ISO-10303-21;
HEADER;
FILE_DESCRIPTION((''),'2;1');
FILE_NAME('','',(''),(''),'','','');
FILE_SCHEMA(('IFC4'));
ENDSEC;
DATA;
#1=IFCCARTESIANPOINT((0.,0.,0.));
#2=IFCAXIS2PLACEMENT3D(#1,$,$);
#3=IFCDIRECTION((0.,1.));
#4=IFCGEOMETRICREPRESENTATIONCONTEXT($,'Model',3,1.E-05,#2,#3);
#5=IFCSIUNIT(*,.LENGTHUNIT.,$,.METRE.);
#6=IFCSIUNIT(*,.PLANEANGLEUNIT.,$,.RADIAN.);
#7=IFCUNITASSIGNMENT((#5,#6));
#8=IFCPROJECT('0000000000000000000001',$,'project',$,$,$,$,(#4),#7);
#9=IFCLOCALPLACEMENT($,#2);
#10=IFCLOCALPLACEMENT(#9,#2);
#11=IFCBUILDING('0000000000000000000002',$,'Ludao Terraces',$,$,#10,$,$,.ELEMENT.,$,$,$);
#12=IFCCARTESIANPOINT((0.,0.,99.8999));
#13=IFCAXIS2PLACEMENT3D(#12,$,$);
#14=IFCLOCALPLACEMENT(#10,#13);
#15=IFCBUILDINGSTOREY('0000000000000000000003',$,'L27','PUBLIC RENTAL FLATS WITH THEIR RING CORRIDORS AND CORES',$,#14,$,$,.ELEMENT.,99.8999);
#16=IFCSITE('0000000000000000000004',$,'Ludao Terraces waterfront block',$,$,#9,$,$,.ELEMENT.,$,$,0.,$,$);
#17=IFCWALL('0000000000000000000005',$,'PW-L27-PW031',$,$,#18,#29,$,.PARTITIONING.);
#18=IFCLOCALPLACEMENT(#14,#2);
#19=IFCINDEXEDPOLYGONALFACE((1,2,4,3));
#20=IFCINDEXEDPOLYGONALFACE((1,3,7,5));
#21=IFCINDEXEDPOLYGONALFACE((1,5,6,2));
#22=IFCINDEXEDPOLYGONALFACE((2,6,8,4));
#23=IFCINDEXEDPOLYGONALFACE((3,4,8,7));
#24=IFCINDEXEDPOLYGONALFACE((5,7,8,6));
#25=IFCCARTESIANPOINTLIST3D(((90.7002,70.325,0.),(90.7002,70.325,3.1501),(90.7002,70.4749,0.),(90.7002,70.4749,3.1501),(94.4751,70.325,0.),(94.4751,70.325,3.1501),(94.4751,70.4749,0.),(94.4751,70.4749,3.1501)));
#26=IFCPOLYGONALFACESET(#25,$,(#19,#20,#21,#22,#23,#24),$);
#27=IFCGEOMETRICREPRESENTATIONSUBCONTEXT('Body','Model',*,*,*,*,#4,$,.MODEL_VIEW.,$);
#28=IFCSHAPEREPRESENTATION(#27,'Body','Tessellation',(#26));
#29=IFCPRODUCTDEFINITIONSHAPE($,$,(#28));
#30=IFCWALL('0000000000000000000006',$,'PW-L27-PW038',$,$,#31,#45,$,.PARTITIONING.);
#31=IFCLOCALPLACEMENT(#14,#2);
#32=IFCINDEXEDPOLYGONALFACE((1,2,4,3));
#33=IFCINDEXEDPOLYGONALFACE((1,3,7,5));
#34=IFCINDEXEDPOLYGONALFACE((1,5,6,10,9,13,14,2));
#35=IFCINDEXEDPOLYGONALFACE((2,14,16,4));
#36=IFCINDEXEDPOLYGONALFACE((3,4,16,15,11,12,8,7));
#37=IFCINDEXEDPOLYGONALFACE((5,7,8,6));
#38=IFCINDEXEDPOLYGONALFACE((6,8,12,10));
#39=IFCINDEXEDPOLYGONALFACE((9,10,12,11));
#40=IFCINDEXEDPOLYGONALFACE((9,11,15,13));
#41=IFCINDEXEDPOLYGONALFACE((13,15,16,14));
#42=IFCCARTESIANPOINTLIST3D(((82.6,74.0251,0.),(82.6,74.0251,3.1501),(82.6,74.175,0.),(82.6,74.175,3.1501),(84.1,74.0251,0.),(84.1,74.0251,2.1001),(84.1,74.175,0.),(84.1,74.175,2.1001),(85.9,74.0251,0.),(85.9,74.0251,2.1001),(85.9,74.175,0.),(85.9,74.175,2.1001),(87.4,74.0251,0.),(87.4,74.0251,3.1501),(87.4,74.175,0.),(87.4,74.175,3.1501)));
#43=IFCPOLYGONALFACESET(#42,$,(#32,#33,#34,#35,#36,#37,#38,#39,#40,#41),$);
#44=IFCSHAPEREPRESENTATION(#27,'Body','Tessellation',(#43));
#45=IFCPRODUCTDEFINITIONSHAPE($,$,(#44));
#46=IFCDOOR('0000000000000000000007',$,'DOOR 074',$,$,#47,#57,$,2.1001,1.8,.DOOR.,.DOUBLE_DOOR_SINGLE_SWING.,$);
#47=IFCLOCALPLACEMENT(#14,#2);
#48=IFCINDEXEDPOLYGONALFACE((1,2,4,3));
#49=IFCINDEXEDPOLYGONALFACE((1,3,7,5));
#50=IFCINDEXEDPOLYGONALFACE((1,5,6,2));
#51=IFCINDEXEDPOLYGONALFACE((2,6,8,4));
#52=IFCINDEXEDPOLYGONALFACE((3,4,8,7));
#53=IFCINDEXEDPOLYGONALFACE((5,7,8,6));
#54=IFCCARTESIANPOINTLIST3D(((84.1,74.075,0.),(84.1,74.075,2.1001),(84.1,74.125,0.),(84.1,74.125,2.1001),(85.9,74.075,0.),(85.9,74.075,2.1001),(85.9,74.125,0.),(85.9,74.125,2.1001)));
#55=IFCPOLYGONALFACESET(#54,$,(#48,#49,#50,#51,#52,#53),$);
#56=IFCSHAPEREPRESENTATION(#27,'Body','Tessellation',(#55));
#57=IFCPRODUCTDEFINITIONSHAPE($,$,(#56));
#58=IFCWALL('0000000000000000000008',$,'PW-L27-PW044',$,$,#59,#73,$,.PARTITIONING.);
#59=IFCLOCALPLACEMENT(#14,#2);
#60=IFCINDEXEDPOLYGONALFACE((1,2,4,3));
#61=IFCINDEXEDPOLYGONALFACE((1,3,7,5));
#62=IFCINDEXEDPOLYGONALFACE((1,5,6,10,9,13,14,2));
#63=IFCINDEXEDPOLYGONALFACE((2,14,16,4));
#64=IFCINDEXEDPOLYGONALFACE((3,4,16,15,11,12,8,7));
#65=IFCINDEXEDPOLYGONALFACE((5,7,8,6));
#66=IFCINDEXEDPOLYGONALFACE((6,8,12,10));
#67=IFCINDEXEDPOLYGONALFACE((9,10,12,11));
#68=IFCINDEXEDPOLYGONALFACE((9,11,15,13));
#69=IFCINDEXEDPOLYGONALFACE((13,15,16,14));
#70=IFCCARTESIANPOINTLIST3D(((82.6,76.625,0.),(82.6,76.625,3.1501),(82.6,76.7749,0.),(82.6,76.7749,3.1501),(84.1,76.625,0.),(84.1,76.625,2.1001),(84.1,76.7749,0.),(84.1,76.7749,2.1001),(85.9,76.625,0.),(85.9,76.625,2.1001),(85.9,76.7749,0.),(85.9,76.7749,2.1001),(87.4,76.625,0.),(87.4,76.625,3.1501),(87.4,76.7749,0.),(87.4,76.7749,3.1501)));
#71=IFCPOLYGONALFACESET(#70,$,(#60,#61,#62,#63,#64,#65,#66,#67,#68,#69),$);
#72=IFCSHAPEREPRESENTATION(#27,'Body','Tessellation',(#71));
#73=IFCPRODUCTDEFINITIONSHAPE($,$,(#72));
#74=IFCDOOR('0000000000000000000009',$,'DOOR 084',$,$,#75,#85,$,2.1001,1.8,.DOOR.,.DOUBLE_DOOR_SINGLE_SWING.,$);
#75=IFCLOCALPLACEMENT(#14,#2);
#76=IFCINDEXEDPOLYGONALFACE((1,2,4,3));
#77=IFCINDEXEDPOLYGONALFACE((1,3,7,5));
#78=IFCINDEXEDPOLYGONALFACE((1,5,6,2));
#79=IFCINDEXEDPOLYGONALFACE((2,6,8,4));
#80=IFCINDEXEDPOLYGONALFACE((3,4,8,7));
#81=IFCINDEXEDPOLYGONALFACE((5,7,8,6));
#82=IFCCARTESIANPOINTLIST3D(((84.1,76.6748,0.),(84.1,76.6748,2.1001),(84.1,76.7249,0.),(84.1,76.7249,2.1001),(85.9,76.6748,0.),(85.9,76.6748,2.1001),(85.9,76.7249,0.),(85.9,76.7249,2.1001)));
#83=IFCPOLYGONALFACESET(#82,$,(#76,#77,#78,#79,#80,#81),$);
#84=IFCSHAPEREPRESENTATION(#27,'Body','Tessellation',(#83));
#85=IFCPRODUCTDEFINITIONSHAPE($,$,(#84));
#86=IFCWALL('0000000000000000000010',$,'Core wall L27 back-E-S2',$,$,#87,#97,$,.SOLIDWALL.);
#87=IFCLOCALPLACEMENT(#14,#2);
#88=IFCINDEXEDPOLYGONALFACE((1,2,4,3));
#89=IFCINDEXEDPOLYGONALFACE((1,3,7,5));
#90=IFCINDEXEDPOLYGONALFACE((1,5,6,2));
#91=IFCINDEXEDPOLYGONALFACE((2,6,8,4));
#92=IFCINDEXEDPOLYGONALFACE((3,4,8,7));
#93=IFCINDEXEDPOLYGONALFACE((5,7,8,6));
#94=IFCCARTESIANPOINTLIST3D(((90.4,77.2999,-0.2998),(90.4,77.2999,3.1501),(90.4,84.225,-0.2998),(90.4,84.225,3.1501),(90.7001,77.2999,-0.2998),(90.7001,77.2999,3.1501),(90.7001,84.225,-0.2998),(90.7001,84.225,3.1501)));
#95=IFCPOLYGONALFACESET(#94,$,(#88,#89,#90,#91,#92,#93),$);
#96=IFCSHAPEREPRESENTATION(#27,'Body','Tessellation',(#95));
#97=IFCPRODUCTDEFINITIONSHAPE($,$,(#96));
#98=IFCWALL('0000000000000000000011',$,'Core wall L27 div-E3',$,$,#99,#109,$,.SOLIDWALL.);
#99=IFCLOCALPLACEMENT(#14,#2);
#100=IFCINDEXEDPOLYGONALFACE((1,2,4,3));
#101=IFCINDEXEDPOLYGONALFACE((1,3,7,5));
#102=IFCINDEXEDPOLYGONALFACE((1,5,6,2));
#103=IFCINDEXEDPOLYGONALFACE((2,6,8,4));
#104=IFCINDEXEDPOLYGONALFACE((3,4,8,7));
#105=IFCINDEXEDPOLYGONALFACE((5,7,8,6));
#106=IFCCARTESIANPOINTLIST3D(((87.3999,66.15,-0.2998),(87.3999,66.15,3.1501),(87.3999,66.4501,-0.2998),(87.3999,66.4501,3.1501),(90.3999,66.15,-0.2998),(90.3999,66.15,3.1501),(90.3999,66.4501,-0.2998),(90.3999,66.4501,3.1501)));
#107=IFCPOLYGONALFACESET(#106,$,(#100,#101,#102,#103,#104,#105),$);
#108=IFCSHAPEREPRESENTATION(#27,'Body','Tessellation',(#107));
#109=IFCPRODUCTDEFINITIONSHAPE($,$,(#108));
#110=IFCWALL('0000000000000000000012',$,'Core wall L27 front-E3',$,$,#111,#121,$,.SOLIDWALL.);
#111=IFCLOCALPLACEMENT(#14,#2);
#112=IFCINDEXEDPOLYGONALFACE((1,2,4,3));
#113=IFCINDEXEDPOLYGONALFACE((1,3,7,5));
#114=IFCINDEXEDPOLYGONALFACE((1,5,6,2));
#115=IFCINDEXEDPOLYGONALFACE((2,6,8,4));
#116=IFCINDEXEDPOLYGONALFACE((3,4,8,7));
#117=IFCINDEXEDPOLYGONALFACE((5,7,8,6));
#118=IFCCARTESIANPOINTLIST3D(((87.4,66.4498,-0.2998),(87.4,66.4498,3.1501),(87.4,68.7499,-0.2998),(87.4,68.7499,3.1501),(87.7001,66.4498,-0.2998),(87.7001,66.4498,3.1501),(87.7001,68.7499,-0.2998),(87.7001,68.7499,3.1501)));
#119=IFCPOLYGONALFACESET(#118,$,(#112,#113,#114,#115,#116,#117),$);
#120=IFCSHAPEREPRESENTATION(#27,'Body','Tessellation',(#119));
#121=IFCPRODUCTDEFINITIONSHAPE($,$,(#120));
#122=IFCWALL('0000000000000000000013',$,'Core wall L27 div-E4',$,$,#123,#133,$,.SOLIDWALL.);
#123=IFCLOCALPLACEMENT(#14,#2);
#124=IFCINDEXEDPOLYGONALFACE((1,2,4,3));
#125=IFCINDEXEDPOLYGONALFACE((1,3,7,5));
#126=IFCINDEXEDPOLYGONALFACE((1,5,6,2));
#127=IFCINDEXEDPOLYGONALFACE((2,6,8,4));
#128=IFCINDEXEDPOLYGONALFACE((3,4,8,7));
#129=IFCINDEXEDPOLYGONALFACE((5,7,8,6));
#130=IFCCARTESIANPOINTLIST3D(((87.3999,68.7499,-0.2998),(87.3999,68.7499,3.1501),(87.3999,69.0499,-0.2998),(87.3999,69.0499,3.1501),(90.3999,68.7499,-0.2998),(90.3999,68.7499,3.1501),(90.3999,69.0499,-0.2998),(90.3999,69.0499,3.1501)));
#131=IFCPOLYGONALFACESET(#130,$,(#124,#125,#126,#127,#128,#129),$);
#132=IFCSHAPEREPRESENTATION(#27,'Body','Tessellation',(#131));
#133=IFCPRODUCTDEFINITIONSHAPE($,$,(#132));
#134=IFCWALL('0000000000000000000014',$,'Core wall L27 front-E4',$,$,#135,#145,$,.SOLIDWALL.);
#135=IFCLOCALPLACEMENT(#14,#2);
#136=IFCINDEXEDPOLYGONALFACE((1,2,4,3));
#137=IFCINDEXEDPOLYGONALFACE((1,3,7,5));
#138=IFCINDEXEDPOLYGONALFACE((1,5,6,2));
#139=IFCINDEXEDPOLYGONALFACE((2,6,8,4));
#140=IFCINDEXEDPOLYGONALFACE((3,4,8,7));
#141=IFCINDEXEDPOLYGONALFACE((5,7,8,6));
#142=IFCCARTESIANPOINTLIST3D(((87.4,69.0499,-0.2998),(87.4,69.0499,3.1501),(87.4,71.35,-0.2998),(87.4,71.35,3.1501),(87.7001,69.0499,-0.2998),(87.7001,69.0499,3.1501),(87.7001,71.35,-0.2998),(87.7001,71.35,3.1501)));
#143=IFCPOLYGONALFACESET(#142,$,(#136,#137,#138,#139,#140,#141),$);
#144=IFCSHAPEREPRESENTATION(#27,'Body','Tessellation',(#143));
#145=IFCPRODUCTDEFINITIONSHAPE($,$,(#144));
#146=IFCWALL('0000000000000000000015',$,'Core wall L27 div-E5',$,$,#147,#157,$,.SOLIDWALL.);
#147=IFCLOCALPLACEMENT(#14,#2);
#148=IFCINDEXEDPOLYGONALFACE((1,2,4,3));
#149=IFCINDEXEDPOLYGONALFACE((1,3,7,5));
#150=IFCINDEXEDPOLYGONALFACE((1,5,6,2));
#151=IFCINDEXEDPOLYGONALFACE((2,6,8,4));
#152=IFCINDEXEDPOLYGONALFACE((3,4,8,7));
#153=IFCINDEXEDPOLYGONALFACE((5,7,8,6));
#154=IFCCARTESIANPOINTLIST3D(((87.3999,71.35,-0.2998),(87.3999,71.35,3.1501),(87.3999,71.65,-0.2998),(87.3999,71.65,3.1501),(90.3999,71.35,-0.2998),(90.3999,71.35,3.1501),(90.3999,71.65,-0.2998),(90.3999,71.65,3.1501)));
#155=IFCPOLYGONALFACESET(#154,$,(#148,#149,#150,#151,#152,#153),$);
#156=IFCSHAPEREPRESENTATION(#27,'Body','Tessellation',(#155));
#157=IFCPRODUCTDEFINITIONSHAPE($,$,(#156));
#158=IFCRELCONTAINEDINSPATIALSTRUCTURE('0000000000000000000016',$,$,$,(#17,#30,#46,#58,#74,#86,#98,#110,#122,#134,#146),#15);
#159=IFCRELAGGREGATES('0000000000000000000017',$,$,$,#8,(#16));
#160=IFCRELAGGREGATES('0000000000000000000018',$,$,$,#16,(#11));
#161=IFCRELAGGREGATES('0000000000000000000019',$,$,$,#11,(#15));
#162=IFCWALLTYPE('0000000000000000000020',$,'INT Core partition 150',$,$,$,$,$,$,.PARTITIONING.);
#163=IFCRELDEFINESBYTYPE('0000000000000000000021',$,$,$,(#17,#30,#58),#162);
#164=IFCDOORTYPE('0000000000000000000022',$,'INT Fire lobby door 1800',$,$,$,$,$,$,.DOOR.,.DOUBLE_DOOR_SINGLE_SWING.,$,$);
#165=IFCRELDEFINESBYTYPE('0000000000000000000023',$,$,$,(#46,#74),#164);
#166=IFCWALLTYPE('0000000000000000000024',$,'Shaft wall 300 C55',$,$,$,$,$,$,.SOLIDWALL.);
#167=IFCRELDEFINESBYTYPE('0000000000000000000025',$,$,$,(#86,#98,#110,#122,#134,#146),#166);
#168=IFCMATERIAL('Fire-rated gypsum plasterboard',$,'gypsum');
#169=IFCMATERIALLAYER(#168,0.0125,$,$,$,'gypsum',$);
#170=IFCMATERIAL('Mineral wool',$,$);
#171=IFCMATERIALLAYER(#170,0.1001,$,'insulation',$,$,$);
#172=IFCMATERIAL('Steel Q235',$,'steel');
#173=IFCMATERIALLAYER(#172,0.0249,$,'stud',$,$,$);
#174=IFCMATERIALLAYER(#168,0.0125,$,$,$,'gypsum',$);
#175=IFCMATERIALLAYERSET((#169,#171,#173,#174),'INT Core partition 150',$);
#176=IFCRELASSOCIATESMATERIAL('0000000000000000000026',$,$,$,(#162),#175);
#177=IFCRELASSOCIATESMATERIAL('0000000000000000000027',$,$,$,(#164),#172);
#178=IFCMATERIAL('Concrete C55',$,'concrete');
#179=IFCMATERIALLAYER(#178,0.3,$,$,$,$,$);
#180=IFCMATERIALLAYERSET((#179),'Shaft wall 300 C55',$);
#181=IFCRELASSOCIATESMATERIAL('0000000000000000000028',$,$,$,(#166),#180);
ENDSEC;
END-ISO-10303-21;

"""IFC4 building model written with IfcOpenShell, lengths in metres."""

from ifc_helpers import new_model, si_unit, direction, frame, frame_2d, origin, place, context, subcontext, project, spatial, rectangle, extrude, material, layer, layer_set, type_object, element, fill, save


model = new_model("IFC4")

# Units and contexts
model_context = context("Model", 3, precision=1e-05, world=origin(), true_north=direction((0.0, 1.0)))
body_context = subcontext(model_context, "Body", "Model", "MODEL_VIEW")
ifc_project = project(units=[si_unit("LENGTHUNIT", "METRE"), si_unit("PLANEANGLEUNIT", "RADIAN")], contexts=[model_context])

# Site, building, storey
site_placement = place(None, origin())
site = spatial("IfcSite", under=ifc_project, at=site_placement, Name="Ludao Terraces waterfront block", CompositionType="ELEMENT", RefElevation=0.0)
building_placement = place(site_placement, origin())
building = spatial("IfcBuilding", under=site, at=building_placement, Name="Ludao Terraces", CompositionType="ELEMENT")
storey_placement = place(building_placement, frame((0.0, 0.0, 99.8999)))
storey = spatial("IfcBuildingStorey", under=building, at=storey_placement, Name="L27", Description="PUBLIC RENTAL FLATS WITH THEIR RING CORRIDORS AND CORES", CompositionType="ELEMENT", Elevation=99.8999)

# Wall
ifc_material_1 = material(Name="Fire-rated gypsum plasterboard", Category="gypsum")
ifc_layer_1 = layer(ifc_material_1, 0.0125, Category="gypsum")
ifc_material_2 = material(Name="Mineral wool")
ifc_layer_2 = layer(ifc_material_2, 0.1001, Name="insulation")
ifc_material_3 = material(Name="Steel Q235", Category="steel")
ifc_layer_3 = layer(ifc_material_3, 0.0249, Name="stud")
ifc_layer_4 = layer(ifc_material_1, 0.0125, Category="gypsum")
ifc_layer_set_1 = layer_set([ifc_layer_1, ifc_layer_2, ifc_layer_3, ifc_layer_4], Name="INT Core partition 150")
wall_type_1 = type_object("IfcWallType", Name="INT Core partition 150", PredefinedType="PARTITIONING", material=ifc_layer_set_1)
wall_1_placement = place(storey_placement, frame((90.7002, 70.3999, 0.0), z_axis=(0.0, 0.0, 1.0), x_axis=(1.0, 0.0, 0.0)))
element("IfcWall", 1, at=wall_1_placement, inside=storey, type_object=wall_type_1, Name="PW-L27-PW031", PredefinedType="PARTITIONING", context=body_context, shape_type="SweptSolid", body=[
    extrude(rectangle(XDim=3.7749, YDim=0.1499, at=frame_2d((1.8875, 0.0))), origin(), (0.0, 0.0, 1.0), 3.1501),
])

# Walls, openings, doors
wall_2_placement = place(storey_placement, frame((82.6001, 74.1001, 0.0), z_axis=(0.0, 0.0, 1.0), x_axis=(1.0, 0.0, 0.0)))
wall_2 = element("IfcWall", 2, at=wall_2_placement, inside=storey, type_object=wall_type_1, Name="PW-L27-PW038", PredefinedType="PARTITIONING", context=body_context, shape_type="SweptSolid", body=[
    extrude(rectangle(XDim=4.8, YDim=0.1499, at=frame_2d((2.3999, 0.0))), origin(), (0.0, 0.0, 1.0), 3.1501),
])
opening_1_placement = place(wall_2_placement, frame((1.5, 0.0, 0.0)))
opening_1 = element("IfcOpeningElement", 3, at=opening_1_placement, cuts=wall_2, PredefinedType="OPENING", context=body_context, shape_type="SweptSolid", body=[
    extrude(rectangle(XDim=1.8, YDim=2.1001, at=frame_2d((0.8999, 1.05))), frame((0.0, 0.085, 0.0), z_axis=(0.0, -1.0, 0.0), x_axis=(1.0, 0.0, 0.0)), (0.0, 0.0, 1.0), 0.1699),
])
door_type_1 = type_object("IfcDoorType", Name="INT Fire lobby door 1800", OperationType="DOUBLE_DOOR_SINGLE_SWING", PredefinedType="DOOR", material=ifc_material_3)
door_1_placement = place(opening_1_placement, origin())
door_1 = element("IfcDoor", 4, at=door_1_placement, inside=storey, type_object=door_type_1, Name="DOOR 074", OperationType="DOUBLE_DOOR_SINGLE_SWING", OverallHeight=2.1001, OverallWidth=1.8, PredefinedType="DOOR", context=body_context, shape_type="SweptSolid", body=[
    extrude(rectangle(XDim=1.8, YDim=2.1001, at=frame_2d((0.8999, 1.05))), frame((0.0, 0.0249, 0.0), z_axis=(0.0, -1.0, 0.0), x_axis=(1.0, 0.0, 0.0)), (0.0, 0.0, 1.0), 0.05),
])
fill(opening_1, door_1)
wall_3_placement = place(storey_placement, frame((82.6001, 76.7, 0.0), z_axis=(0.0, 0.0, 1.0), x_axis=(1.0, 0.0, 0.0)))
wall_3 = element("IfcWall", 5, at=wall_3_placement, inside=storey, type_object=wall_type_1, Name="PW-L27-PW044", PredefinedType="PARTITIONING", context=body_context, shape_type="SweptSolid", body=[
    extrude(rectangle(XDim=4.8, YDim=0.1499, at=frame_2d((2.3999, 0.0))), origin(), (0.0, 0.0, 1.0), 3.1501),
])
opening_2_placement = place(wall_3_placement, frame((1.5, 0.0, 0.0)))
opening_2 = element("IfcOpeningElement", 6, at=opening_2_placement, cuts=wall_3, PredefinedType="OPENING", context=body_context, shape_type="SweptSolid", body=[
    extrude(rectangle(XDim=1.8, YDim=2.1001, at=frame_2d((0.8999, 1.05))), frame((0.0, 0.085, 0.0), z_axis=(0.0, -1.0, 0.0), x_axis=(1.0, 0.0, 0.0)), (0.0, 0.0, 1.0), 0.1699),
])
door_2_placement = place(opening_2_placement, origin())
door_2 = element("IfcDoor", 7, at=door_2_placement, inside=storey, type_object=door_type_1, Name="DOOR 084", OperationType="DOUBLE_DOOR_SINGLE_SWING", OverallHeight=2.1001, OverallWidth=1.8, PredefinedType="DOOR", context=body_context, shape_type="SweptSolid", body=[
    extrude(rectangle(XDim=1.8, YDim=2.1001, at=frame_2d((0.8999, 1.05))), frame((0.0, 0.0249, 0.0), z_axis=(0.0, -1.0, 0.0), x_axis=(1.0, 0.0, 0.0)), (0.0, 0.0, 1.0), 0.05),
])
fill(opening_2, door_2)

# Walls
ifc_material_4 = material(Name="Concrete C55", Category="concrete")
ifc_layer_5 = layer(ifc_material_4, 0.3)
ifc_layer_set_2 = layer_set([ifc_layer_5], Name="Shaft wall 300 C55")
wall_type_2 = type_object("IfcWallType", Name="Shaft wall 300 C55", PredefinedType="SOLIDWALL", material=ifc_layer_set_2)
wall_4_placement = place(storey_placement, frame((90.55, 77.3, -0.2998), z_axis=(0.0, 0.0, 1.0), x_axis=(0.0, 1.0, 0.0)))
element("IfcWall", 8, at=wall_4_placement, inside=storey, type_object=wall_type_2, Name="Core wall L27 back-E-S2", PredefinedType="SOLIDWALL", context=body_context, shape_type="SweptSolid", body=[
    extrude(rectangle(XDim=6.925, YDim=0.3, at=frame_2d((3.4624, 0.0))), origin(), (0.0, 0.0, 1.0), 3.45),
])
wall_5_placement = place(storey_placement, frame((87.3999, 66.3, -0.2998), z_axis=(0.0, 0.0, 1.0), x_axis=(1.0, 0.0, 0.0)))
element("IfcWall", 9, at=wall_5_placement, inside=storey, type_object=wall_type_2, Name="Core wall L27 div-E3", PredefinedType="SOLIDWALL", context=body_context, shape_type="SweptSolid", body=[
    extrude(rectangle(XDim=3.0, YDim=0.3, at=frame_2d((1.5, 0.0))), origin(), (0.0, 0.0, 1.0), 3.45),
])
wall_6_placement = place(storey_placement, frame((87.55, 66.45, -0.2998), z_axis=(0.0, 0.0, 1.0), x_axis=(0.0, 1.0, 0.0)))
element("IfcWall", 10, at=wall_6_placement, inside=storey, type_object=wall_type_2, Name="Core wall L27 front-E3", PredefinedType="SOLIDWALL", context=body_context, shape_type="SweptSolid", body=[
    extrude(rectangle(XDim=2.3, YDim=0.3, at=frame_2d((1.1499, 0.0))), origin(), (0.0, 0.0, 1.0), 3.45),
])
wall_7_placement = place(storey_placement, frame((87.3999, 68.8999, -0.2998), z_axis=(0.0, 0.0, 1.0), x_axis=(1.0, 0.0, 0.0)))
element("IfcWall", 11, at=wall_7_placement, inside=storey, type_object=wall_type_2, Name="Core wall L27 div-E4", PredefinedType="SOLIDWALL", context=body_context, shape_type="SweptSolid", body=[
    extrude(rectangle(XDim=3.0, YDim=0.3, at=frame_2d((1.5, 0.0))), origin(), (0.0, 0.0, 1.0), 3.45),
])
wall_8_placement = place(storey_placement, frame((87.55, 69.05, -0.2998), z_axis=(0.0, 0.0, 1.0), x_axis=(0.0, 1.0, 0.0)))
element("IfcWall", 12, at=wall_8_placement, inside=storey, type_object=wall_type_2, Name="Core wall L27 front-E4", PredefinedType="SOLIDWALL", context=body_context, shape_type="SweptSolid", body=[
    extrude(rectangle(XDim=2.3, YDim=0.3, at=frame_2d((1.1499, 0.0))), origin(), (0.0, 0.0, 1.0), 3.45),
])
wall_9_placement = place(storey_placement, frame((87.3999, 71.5, -0.2998), z_axis=(0.0, 0.0, 1.0), x_axis=(1.0, 0.0, 0.0)))
element("IfcWall", 13, at=wall_9_placement, inside=storey, type_object=wall_type_2, Name="Core wall L27 div-E5", PredefinedType="SOLIDWALL", context=body_context, shape_type="SweptSolid", body=[
    extrude(rectangle(XDim=3.0, YDim=0.3, at=frame_2d((1.5, 0.0))), origin(), (0.0, 0.0, 1.0), 3.45),
])

save(model, "model.ifc")
